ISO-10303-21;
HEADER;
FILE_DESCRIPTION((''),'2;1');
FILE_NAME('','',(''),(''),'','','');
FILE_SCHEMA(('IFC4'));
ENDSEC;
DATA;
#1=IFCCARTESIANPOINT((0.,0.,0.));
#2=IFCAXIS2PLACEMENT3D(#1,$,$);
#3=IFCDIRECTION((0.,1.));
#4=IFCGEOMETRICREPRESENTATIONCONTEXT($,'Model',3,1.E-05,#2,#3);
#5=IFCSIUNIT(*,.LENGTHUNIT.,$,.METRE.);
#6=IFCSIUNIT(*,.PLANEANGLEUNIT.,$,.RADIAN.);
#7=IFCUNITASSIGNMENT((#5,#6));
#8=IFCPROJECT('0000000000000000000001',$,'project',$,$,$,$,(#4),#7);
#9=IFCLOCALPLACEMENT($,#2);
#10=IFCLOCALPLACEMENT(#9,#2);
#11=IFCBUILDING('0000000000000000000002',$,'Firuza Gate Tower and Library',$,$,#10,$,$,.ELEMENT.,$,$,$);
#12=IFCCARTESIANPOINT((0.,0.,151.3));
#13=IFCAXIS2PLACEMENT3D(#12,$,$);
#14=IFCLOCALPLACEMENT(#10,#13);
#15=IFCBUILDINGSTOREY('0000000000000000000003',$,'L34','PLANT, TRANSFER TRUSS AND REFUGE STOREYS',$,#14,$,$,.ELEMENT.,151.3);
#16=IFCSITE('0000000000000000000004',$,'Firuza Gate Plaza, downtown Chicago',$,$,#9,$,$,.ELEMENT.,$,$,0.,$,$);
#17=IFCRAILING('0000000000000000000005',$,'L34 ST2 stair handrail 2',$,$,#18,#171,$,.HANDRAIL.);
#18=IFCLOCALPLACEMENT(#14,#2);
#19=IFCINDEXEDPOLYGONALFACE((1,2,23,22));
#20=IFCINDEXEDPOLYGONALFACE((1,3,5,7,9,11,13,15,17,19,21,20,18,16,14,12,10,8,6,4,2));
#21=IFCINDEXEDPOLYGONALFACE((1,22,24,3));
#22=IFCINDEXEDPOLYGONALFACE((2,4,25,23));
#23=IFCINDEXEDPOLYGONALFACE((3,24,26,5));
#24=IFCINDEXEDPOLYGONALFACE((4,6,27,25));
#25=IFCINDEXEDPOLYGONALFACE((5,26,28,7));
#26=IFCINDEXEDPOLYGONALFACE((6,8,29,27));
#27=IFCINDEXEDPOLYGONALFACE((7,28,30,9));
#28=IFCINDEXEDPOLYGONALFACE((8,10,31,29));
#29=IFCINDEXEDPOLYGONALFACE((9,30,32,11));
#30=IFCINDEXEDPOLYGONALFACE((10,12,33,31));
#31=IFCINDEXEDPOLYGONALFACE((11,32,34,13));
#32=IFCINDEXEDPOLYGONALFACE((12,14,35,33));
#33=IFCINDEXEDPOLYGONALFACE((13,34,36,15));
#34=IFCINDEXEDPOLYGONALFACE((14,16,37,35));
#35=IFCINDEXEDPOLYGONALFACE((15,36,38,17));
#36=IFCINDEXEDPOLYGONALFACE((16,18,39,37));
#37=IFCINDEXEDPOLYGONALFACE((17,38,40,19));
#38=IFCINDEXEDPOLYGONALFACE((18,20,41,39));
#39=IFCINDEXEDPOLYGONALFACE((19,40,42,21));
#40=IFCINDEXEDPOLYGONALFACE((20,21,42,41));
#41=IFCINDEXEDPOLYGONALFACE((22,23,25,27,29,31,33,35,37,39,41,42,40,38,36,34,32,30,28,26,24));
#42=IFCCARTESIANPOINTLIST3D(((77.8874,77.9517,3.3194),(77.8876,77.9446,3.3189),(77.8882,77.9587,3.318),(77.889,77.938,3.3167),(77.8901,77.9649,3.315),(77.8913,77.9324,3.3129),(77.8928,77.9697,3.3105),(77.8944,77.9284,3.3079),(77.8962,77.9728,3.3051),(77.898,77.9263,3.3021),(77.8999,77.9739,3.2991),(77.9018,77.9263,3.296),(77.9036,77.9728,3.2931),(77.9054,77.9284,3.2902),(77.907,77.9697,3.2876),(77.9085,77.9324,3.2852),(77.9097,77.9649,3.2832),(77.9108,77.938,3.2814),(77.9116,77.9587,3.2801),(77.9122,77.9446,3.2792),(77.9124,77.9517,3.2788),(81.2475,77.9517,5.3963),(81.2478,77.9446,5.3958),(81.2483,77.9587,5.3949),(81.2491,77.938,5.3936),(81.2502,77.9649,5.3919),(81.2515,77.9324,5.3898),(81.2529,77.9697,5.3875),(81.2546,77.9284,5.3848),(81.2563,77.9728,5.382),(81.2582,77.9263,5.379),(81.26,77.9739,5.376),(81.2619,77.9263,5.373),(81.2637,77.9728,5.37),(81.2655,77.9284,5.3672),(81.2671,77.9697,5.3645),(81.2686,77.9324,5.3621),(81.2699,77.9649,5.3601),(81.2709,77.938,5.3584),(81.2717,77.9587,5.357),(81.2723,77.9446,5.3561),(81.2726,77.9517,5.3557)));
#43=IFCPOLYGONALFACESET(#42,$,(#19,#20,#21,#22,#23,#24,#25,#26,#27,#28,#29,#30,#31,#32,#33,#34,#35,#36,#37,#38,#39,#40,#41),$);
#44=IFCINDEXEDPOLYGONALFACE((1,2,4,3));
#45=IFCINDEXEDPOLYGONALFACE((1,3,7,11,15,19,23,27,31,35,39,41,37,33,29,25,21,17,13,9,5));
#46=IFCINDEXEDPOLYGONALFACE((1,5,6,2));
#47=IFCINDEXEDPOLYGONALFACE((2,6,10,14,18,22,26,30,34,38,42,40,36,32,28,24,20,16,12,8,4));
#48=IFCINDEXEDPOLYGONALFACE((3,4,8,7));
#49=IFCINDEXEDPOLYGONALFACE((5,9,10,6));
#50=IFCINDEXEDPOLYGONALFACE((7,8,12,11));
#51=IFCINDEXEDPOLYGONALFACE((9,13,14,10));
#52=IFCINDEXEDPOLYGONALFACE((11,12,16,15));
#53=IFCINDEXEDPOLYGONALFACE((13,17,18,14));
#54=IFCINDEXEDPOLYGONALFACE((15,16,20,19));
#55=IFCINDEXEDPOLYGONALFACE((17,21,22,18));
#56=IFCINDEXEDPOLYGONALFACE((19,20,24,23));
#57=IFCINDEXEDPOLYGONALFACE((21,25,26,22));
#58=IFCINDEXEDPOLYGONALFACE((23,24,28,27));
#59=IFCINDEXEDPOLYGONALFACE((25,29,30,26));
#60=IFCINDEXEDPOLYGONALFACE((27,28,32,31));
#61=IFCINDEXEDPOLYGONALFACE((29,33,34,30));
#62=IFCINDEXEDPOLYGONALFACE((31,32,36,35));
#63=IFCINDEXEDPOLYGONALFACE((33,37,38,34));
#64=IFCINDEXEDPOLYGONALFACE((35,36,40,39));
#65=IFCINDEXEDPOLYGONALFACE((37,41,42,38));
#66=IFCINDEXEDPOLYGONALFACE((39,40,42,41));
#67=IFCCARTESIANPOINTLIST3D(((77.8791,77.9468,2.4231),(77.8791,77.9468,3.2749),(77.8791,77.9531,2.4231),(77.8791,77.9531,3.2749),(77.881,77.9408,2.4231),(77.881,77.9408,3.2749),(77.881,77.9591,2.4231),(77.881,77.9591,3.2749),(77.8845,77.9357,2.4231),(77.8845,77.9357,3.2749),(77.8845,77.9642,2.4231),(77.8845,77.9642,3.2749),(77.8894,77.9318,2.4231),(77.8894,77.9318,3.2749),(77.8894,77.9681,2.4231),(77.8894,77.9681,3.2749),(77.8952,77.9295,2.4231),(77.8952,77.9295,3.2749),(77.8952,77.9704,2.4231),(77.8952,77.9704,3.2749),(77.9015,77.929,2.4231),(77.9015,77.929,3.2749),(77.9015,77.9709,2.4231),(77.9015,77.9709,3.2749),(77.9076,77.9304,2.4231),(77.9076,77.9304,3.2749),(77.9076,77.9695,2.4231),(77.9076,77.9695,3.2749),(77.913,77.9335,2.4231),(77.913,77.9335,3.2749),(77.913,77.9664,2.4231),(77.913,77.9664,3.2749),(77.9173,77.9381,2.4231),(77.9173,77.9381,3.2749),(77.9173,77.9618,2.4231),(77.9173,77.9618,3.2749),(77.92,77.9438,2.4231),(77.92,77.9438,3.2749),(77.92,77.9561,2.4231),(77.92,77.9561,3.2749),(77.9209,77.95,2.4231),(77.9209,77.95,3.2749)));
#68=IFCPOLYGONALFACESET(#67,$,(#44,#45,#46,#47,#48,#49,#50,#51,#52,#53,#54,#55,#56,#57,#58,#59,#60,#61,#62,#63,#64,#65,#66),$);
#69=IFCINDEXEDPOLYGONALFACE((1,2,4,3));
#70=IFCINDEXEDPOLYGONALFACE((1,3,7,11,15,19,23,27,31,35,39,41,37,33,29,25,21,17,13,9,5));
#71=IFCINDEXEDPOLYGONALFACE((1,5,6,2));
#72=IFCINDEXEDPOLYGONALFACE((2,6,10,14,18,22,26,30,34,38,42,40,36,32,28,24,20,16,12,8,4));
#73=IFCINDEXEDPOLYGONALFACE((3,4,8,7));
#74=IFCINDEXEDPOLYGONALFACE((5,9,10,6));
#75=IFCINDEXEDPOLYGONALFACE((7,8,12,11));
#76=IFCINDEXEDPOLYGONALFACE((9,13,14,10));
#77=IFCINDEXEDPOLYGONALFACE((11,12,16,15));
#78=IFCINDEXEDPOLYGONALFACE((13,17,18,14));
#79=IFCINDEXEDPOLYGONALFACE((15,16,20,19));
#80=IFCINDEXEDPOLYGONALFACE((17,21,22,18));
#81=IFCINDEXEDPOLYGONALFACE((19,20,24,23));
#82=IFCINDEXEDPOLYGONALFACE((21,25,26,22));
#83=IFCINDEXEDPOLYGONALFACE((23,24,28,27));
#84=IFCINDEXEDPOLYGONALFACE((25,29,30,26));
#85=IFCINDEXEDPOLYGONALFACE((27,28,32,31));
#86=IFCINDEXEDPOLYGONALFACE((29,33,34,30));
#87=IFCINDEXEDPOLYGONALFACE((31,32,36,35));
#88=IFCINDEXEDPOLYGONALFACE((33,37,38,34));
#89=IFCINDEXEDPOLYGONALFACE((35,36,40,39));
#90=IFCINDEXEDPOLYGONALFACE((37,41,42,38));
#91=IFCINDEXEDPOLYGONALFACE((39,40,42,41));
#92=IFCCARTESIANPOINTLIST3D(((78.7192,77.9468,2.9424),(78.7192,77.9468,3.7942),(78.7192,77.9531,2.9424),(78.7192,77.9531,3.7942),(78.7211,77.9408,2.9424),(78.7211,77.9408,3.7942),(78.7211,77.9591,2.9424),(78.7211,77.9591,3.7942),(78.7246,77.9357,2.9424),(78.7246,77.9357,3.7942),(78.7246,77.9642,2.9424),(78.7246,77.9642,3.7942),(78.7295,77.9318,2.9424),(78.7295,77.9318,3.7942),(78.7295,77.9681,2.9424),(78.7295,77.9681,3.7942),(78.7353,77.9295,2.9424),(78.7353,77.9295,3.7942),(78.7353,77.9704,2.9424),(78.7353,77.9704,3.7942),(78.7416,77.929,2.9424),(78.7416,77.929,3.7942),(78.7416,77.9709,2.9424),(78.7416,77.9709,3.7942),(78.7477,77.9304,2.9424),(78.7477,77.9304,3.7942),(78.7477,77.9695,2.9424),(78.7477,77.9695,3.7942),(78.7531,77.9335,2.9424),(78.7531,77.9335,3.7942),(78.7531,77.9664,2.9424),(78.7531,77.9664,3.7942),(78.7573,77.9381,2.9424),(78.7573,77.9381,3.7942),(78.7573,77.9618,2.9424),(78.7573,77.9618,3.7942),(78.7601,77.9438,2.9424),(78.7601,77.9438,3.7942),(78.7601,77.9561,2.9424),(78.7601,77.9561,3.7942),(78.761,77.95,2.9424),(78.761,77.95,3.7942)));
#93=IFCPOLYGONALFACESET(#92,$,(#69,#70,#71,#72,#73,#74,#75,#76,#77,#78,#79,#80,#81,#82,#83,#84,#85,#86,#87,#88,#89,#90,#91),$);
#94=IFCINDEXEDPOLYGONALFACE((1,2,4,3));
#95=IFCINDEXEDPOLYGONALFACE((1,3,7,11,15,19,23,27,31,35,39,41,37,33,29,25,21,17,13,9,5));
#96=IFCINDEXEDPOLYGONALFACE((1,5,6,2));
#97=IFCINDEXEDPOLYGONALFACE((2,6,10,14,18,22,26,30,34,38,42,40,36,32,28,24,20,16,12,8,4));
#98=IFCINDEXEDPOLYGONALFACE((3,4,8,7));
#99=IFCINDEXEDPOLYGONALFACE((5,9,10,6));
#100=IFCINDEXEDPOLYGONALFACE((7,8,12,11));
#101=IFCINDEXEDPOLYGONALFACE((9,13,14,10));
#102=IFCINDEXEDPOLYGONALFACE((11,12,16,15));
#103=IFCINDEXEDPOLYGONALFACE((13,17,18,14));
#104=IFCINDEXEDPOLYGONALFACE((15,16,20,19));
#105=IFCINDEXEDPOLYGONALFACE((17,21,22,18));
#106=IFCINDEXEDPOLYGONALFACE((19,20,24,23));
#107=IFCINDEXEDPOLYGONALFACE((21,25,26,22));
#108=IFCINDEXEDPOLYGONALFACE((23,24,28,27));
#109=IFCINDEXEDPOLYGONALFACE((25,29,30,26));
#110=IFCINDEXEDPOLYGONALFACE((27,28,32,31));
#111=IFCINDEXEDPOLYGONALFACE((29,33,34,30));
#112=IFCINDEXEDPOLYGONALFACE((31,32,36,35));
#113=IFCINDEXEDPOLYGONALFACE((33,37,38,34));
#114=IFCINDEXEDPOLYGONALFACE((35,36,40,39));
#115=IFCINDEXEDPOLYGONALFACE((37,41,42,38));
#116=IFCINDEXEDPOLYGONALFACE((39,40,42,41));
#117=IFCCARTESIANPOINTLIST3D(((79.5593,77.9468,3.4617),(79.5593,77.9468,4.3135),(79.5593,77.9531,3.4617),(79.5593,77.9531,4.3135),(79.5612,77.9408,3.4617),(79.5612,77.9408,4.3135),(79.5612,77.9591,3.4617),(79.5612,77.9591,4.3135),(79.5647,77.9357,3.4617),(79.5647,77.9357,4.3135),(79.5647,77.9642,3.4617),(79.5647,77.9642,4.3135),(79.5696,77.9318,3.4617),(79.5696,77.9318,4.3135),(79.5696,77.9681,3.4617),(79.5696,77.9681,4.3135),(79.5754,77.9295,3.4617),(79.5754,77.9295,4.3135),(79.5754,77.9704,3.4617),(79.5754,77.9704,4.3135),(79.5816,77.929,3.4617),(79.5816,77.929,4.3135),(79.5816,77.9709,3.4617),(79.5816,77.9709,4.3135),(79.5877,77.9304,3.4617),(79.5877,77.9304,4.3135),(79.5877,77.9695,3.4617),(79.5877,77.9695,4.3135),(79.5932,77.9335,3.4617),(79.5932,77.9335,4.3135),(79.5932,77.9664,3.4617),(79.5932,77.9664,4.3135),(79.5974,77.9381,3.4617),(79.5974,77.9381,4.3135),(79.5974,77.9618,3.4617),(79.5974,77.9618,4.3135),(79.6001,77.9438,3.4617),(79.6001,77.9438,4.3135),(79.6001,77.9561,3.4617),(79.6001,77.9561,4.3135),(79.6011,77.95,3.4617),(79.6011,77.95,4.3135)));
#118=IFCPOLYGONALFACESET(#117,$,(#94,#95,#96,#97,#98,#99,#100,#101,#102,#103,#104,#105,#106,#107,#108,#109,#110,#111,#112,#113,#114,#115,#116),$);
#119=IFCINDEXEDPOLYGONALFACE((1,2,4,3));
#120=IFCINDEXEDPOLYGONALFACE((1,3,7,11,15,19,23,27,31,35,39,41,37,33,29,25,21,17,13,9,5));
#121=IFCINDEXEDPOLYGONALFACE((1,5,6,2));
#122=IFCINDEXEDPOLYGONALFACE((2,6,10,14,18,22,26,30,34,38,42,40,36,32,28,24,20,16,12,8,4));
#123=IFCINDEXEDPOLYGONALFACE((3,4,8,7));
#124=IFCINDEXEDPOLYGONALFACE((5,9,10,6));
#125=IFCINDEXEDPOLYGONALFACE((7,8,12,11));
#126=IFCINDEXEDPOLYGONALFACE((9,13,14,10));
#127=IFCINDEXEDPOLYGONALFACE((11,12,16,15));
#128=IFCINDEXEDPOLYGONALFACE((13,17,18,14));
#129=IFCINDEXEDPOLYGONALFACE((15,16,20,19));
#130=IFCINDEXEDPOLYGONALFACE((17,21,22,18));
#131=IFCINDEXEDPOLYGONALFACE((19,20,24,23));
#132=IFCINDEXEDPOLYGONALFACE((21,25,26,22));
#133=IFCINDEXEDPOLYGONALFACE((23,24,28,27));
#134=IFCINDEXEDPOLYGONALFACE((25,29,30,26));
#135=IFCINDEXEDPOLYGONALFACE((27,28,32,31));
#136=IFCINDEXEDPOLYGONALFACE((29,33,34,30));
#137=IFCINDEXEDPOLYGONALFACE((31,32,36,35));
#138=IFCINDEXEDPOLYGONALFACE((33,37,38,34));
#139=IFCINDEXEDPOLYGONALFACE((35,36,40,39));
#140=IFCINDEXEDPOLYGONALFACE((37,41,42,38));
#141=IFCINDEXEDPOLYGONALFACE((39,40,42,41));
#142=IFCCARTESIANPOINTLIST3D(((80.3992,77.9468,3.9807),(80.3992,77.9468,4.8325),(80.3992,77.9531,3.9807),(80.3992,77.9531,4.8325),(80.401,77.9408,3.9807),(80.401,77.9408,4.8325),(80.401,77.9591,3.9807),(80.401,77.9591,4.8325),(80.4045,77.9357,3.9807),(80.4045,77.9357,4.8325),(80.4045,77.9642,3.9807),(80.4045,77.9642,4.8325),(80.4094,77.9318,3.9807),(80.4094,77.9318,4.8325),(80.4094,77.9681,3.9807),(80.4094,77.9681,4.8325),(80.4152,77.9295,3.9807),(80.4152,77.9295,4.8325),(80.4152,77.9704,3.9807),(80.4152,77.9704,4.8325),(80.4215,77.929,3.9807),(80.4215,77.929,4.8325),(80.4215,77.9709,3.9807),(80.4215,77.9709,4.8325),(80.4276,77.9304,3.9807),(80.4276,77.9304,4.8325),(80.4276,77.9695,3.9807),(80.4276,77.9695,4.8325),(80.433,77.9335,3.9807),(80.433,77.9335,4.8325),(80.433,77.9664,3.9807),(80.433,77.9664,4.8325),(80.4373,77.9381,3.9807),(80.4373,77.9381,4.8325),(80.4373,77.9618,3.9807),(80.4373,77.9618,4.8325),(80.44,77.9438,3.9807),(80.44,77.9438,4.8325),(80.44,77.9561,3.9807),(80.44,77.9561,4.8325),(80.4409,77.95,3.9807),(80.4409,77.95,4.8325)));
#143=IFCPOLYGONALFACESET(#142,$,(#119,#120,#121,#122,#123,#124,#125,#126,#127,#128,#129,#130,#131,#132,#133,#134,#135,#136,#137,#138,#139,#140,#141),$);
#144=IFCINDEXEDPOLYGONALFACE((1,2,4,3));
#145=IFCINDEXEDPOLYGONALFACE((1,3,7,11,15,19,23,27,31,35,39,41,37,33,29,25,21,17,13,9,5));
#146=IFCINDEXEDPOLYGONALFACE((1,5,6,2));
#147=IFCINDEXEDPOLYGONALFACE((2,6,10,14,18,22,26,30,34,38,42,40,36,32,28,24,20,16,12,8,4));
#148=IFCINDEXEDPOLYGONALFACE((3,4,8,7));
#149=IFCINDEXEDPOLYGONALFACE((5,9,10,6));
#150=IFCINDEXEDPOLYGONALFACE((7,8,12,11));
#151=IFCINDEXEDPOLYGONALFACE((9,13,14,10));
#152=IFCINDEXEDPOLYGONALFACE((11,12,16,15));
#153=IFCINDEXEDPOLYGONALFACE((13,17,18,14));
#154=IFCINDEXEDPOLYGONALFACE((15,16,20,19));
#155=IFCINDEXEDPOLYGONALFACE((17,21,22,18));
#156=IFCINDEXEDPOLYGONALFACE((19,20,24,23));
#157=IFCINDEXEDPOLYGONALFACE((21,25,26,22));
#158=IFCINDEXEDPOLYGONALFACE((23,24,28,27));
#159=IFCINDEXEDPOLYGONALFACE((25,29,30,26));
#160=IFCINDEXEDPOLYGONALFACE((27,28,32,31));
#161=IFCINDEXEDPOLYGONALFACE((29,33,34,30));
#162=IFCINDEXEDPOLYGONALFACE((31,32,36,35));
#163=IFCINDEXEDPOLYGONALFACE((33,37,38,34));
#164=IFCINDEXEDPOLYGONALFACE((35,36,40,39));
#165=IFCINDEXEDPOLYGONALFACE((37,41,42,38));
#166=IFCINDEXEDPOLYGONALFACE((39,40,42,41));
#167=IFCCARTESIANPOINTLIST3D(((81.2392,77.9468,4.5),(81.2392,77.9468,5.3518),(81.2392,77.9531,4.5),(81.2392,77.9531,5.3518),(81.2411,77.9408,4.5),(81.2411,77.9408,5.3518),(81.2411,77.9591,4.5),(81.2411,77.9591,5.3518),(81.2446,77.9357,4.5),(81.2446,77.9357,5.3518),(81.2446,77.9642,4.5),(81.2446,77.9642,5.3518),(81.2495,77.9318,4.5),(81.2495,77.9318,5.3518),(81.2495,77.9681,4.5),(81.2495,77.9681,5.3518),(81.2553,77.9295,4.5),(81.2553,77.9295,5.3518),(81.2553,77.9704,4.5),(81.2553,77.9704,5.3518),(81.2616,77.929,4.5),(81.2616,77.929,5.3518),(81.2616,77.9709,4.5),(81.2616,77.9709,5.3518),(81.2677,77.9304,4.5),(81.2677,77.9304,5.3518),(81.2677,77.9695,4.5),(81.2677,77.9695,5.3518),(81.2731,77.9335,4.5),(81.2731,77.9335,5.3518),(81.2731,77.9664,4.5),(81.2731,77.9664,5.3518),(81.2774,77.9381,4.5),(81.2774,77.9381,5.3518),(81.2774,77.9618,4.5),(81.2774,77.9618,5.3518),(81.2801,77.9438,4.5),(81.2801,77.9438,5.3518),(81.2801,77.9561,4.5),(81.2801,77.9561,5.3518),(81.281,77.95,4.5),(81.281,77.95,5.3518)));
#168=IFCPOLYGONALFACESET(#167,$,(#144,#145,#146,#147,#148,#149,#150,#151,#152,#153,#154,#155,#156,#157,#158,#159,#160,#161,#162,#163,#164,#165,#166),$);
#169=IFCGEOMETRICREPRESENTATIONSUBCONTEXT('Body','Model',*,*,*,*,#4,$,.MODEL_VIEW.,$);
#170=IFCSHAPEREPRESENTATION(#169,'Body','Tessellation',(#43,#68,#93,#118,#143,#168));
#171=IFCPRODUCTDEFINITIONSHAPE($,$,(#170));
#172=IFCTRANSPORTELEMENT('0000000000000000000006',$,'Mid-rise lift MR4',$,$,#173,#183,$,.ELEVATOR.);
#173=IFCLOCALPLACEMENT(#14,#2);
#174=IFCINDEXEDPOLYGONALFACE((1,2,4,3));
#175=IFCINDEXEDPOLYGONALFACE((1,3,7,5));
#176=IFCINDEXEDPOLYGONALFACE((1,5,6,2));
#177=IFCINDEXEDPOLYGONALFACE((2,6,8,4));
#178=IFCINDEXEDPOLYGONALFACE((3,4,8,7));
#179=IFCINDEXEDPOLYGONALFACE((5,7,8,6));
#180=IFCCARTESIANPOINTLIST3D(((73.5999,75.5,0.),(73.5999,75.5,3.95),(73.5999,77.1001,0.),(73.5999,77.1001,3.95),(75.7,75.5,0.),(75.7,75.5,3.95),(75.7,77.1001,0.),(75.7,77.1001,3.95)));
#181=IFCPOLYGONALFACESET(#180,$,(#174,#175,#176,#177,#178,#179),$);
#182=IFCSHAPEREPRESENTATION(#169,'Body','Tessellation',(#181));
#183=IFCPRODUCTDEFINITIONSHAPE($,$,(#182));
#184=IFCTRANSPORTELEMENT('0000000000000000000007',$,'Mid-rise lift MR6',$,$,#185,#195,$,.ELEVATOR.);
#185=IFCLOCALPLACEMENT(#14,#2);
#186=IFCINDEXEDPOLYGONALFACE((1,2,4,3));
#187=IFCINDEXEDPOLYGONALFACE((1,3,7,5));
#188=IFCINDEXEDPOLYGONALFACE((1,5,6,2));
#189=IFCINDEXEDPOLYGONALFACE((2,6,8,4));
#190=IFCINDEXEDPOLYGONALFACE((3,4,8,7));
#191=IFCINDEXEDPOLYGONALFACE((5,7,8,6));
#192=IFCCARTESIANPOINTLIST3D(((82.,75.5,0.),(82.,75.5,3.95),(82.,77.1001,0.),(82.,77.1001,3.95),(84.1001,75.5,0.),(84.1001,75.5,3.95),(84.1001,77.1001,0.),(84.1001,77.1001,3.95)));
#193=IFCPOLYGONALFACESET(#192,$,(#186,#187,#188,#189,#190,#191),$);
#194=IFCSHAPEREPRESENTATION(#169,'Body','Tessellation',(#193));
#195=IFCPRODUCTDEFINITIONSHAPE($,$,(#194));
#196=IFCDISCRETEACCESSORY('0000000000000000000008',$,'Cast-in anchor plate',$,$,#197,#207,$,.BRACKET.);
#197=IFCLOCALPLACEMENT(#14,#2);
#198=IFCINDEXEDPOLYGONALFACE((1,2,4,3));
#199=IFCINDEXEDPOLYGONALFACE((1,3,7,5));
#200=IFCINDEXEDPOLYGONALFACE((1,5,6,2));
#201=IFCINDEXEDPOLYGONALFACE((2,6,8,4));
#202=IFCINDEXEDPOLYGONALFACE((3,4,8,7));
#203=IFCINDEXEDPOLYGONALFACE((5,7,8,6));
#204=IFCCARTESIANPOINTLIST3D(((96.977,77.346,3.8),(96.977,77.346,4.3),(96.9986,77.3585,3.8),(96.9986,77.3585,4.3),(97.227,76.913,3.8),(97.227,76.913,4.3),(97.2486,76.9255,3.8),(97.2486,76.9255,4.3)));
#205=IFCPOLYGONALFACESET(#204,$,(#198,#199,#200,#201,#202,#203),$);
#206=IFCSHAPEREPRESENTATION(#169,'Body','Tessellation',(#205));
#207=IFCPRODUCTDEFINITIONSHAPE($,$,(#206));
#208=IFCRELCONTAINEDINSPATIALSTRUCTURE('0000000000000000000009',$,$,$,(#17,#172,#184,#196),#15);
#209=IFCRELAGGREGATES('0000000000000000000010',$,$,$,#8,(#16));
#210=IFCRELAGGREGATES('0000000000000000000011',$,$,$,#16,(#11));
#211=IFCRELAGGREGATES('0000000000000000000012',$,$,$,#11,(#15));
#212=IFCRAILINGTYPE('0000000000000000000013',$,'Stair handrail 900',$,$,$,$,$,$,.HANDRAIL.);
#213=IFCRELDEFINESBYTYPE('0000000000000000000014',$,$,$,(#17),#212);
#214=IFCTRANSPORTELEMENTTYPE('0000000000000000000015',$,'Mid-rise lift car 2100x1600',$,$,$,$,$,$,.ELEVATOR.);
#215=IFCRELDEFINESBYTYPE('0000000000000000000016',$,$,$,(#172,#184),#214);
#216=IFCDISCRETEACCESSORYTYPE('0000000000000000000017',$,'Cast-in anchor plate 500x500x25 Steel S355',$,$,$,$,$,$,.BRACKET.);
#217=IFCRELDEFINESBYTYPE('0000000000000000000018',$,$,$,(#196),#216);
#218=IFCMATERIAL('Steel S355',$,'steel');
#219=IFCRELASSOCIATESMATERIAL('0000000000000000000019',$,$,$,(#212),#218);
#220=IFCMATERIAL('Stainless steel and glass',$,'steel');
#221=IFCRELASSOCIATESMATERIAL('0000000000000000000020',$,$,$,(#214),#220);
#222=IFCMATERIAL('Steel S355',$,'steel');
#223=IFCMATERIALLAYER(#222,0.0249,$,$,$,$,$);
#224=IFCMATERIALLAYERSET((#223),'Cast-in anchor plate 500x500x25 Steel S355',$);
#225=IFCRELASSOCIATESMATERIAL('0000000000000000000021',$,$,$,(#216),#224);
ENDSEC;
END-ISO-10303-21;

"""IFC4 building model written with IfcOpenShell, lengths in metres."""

from ifc_helpers import new_model, si_unit, direction, frame, origin, origin_2d, place, context, subcontext, project, spatial, rectangle, circle, extrude, material, layer, layer_set, type_object, element, save


model = new_model("IFC4")

# Units and contexts
model_context = context("Model", 3, precision=1e-05, world=origin(), true_north=direction((0.0, 1.0)))
body_context = subcontext(model_context, "Body", "Model", "MODEL_VIEW")
ifc_project = project(units=[si_unit("LENGTHUNIT", "METRE"), si_unit("PLANEANGLEUNIT", "RADIAN")], contexts=[model_context])

# Site, building, storey
site_placement = place(None, origin())
site = spatial("IfcSite", under=ifc_project, at=site_placement, Name="Firuza Gate Plaza, downtown Chicago", CompositionType="ELEMENT", RefElevation=0.0)
building_placement = place(site_placement, origin())
building = spatial("IfcBuilding", under=site, at=building_placement, Name="Firuza Gate Tower and Library", CompositionType="ELEMENT")
storey_placement = place(building_placement, frame((0.0, 0.0, 151.3)))
storey = spatial("IfcBuildingStorey", under=building, at=storey_placement, Name="L34", Description="PLANT, TRANSFER TRUSS AND REFUGE STOREYS", CompositionType="ELEMENT", Elevation=151.3)

# Railing
ifc_material_1 = material(Name="Steel S355", Category="steel")
railing_type_1 = type_object("IfcRailingType", Name="Stair handrail 900", PredefinedType="HANDRAIL", material=ifc_material_1)
railing_1_placement = place(storey_placement, frame((77.8999, 77.95, 2.4231)))
element("IfcRailing", 1, at=railing_1_placement, inside=storey, type_object=railing_type_1, Name="L34 ST2 stair handrail 2", PredefinedType="HANDRAIL", context=body_context, shape_type="SweptSolid", body=[
    extrude(circle(Radius=0.0239, at=origin_2d()), frame((0.0, 0.0, 0.876), z_axis=(0.850623, 0.0, 0.525776), x_axis=(0.0, 1.0, 0.0)), (0.0, 0.0, 1.0), 3.9502),
    extrude(circle(Radius=0.021, at=origin_2d()), origin(), (0.0, 0.0, 1.0), 0.8518),
    extrude(circle(Radius=0.021, at=origin_2d()), frame((0.8401, 0.0, 0.5193)), (0.0, 0.0, 1.0), 0.8518),
    extrude(circle(Radius=0.021, at=origin_2d()), frame((1.6802, 0.0, 1.0386)), (0.0, 0.0, 1.0), 0.8518),
    extrude(circle(Radius=0.021, at=origin_2d()), frame((2.52, 0.0, 1.5576)), (0.0, 0.0, 1.0), 0.8518),
    extrude(circle(Radius=0.021, at=origin_2d()), frame((3.3601, 0.0, 2.0769)), (0.0, 0.0, 1.0), 0.8518),
])

# Transport elements
ifc_material_2 = material(Name="Stainless steel and glass", Category="steel")
transport_element_type = type_object("IfcTransportElementType", Name="Mid-rise lift car 2100x1600", PredefinedType="ELEVATOR", material=ifc_material_2)
for number, where, z_axis, x_axis, name in (
    (2, (74.6499, 76.3, 0.0), (0.0, 0.0, 1.0), (1.0, 0.0, 0.0), "Mid-rise lift MR4"),
    (3, (83.05, 76.3, 0.0), (0.0, 0.0, 1.0), (1.0, 0.0, 0.0), "Mid-rise lift MR6"),
):
    element("IfcTransportElement", number, at=place(storey_placement, frame(where, z_axis=z_axis, x_axis=x_axis)), inside=storey, type_object=transport_element_type, Name=name, PredefinedType="ELEVATOR", context=body_context, shape_type="SweptSolid", body=[
        extrude(rectangle(XDim=2.1001, YDim=1.6001, at=origin_2d()), origin(), (0.0, 0.0, 1.0), 3.95),
    ])

# Discrete accessory
ifc_material_3 = material(Name="Steel S355", Category="steel")
ifc_layer_1 = layer(ifc_material_3, 0.0249)
ifc_layer_set_1 = layer_set([ifc_layer_1], Name="Cast-in anchor plate 500x500x25 Steel S355")
discrete_accessory_type = type_object("IfcDiscreteAccessoryType", Name="Cast-in anchor plate 500x500x25 Steel S355", PredefinedType="BRACKET", material=ifc_layer_set_1)
for number, where, z_axis, x_axis, name in (
    (4, (97.1128, 77.1357, 3.8), (0.0, 0.0, 1.0), (-0.5, 0.866025, 0.0), "Cast-in anchor plate"),
):
    element("IfcDiscreteAccessory", number, at=place(storey_placement, frame(where, z_axis=z_axis, x_axis=x_axis)), inside=storey, type_object=discrete_accessory_type, Name=name, PredefinedType="BRACKET", context=body_context, shape_type="SweptSolid", body=[
        extrude(rectangle(XDim=0.5, YDim=0.0249, at=origin_2d()), origin(), (0.0, 0.0, 1.0), 0.5),
    ])

save(model, "model.ifc")
